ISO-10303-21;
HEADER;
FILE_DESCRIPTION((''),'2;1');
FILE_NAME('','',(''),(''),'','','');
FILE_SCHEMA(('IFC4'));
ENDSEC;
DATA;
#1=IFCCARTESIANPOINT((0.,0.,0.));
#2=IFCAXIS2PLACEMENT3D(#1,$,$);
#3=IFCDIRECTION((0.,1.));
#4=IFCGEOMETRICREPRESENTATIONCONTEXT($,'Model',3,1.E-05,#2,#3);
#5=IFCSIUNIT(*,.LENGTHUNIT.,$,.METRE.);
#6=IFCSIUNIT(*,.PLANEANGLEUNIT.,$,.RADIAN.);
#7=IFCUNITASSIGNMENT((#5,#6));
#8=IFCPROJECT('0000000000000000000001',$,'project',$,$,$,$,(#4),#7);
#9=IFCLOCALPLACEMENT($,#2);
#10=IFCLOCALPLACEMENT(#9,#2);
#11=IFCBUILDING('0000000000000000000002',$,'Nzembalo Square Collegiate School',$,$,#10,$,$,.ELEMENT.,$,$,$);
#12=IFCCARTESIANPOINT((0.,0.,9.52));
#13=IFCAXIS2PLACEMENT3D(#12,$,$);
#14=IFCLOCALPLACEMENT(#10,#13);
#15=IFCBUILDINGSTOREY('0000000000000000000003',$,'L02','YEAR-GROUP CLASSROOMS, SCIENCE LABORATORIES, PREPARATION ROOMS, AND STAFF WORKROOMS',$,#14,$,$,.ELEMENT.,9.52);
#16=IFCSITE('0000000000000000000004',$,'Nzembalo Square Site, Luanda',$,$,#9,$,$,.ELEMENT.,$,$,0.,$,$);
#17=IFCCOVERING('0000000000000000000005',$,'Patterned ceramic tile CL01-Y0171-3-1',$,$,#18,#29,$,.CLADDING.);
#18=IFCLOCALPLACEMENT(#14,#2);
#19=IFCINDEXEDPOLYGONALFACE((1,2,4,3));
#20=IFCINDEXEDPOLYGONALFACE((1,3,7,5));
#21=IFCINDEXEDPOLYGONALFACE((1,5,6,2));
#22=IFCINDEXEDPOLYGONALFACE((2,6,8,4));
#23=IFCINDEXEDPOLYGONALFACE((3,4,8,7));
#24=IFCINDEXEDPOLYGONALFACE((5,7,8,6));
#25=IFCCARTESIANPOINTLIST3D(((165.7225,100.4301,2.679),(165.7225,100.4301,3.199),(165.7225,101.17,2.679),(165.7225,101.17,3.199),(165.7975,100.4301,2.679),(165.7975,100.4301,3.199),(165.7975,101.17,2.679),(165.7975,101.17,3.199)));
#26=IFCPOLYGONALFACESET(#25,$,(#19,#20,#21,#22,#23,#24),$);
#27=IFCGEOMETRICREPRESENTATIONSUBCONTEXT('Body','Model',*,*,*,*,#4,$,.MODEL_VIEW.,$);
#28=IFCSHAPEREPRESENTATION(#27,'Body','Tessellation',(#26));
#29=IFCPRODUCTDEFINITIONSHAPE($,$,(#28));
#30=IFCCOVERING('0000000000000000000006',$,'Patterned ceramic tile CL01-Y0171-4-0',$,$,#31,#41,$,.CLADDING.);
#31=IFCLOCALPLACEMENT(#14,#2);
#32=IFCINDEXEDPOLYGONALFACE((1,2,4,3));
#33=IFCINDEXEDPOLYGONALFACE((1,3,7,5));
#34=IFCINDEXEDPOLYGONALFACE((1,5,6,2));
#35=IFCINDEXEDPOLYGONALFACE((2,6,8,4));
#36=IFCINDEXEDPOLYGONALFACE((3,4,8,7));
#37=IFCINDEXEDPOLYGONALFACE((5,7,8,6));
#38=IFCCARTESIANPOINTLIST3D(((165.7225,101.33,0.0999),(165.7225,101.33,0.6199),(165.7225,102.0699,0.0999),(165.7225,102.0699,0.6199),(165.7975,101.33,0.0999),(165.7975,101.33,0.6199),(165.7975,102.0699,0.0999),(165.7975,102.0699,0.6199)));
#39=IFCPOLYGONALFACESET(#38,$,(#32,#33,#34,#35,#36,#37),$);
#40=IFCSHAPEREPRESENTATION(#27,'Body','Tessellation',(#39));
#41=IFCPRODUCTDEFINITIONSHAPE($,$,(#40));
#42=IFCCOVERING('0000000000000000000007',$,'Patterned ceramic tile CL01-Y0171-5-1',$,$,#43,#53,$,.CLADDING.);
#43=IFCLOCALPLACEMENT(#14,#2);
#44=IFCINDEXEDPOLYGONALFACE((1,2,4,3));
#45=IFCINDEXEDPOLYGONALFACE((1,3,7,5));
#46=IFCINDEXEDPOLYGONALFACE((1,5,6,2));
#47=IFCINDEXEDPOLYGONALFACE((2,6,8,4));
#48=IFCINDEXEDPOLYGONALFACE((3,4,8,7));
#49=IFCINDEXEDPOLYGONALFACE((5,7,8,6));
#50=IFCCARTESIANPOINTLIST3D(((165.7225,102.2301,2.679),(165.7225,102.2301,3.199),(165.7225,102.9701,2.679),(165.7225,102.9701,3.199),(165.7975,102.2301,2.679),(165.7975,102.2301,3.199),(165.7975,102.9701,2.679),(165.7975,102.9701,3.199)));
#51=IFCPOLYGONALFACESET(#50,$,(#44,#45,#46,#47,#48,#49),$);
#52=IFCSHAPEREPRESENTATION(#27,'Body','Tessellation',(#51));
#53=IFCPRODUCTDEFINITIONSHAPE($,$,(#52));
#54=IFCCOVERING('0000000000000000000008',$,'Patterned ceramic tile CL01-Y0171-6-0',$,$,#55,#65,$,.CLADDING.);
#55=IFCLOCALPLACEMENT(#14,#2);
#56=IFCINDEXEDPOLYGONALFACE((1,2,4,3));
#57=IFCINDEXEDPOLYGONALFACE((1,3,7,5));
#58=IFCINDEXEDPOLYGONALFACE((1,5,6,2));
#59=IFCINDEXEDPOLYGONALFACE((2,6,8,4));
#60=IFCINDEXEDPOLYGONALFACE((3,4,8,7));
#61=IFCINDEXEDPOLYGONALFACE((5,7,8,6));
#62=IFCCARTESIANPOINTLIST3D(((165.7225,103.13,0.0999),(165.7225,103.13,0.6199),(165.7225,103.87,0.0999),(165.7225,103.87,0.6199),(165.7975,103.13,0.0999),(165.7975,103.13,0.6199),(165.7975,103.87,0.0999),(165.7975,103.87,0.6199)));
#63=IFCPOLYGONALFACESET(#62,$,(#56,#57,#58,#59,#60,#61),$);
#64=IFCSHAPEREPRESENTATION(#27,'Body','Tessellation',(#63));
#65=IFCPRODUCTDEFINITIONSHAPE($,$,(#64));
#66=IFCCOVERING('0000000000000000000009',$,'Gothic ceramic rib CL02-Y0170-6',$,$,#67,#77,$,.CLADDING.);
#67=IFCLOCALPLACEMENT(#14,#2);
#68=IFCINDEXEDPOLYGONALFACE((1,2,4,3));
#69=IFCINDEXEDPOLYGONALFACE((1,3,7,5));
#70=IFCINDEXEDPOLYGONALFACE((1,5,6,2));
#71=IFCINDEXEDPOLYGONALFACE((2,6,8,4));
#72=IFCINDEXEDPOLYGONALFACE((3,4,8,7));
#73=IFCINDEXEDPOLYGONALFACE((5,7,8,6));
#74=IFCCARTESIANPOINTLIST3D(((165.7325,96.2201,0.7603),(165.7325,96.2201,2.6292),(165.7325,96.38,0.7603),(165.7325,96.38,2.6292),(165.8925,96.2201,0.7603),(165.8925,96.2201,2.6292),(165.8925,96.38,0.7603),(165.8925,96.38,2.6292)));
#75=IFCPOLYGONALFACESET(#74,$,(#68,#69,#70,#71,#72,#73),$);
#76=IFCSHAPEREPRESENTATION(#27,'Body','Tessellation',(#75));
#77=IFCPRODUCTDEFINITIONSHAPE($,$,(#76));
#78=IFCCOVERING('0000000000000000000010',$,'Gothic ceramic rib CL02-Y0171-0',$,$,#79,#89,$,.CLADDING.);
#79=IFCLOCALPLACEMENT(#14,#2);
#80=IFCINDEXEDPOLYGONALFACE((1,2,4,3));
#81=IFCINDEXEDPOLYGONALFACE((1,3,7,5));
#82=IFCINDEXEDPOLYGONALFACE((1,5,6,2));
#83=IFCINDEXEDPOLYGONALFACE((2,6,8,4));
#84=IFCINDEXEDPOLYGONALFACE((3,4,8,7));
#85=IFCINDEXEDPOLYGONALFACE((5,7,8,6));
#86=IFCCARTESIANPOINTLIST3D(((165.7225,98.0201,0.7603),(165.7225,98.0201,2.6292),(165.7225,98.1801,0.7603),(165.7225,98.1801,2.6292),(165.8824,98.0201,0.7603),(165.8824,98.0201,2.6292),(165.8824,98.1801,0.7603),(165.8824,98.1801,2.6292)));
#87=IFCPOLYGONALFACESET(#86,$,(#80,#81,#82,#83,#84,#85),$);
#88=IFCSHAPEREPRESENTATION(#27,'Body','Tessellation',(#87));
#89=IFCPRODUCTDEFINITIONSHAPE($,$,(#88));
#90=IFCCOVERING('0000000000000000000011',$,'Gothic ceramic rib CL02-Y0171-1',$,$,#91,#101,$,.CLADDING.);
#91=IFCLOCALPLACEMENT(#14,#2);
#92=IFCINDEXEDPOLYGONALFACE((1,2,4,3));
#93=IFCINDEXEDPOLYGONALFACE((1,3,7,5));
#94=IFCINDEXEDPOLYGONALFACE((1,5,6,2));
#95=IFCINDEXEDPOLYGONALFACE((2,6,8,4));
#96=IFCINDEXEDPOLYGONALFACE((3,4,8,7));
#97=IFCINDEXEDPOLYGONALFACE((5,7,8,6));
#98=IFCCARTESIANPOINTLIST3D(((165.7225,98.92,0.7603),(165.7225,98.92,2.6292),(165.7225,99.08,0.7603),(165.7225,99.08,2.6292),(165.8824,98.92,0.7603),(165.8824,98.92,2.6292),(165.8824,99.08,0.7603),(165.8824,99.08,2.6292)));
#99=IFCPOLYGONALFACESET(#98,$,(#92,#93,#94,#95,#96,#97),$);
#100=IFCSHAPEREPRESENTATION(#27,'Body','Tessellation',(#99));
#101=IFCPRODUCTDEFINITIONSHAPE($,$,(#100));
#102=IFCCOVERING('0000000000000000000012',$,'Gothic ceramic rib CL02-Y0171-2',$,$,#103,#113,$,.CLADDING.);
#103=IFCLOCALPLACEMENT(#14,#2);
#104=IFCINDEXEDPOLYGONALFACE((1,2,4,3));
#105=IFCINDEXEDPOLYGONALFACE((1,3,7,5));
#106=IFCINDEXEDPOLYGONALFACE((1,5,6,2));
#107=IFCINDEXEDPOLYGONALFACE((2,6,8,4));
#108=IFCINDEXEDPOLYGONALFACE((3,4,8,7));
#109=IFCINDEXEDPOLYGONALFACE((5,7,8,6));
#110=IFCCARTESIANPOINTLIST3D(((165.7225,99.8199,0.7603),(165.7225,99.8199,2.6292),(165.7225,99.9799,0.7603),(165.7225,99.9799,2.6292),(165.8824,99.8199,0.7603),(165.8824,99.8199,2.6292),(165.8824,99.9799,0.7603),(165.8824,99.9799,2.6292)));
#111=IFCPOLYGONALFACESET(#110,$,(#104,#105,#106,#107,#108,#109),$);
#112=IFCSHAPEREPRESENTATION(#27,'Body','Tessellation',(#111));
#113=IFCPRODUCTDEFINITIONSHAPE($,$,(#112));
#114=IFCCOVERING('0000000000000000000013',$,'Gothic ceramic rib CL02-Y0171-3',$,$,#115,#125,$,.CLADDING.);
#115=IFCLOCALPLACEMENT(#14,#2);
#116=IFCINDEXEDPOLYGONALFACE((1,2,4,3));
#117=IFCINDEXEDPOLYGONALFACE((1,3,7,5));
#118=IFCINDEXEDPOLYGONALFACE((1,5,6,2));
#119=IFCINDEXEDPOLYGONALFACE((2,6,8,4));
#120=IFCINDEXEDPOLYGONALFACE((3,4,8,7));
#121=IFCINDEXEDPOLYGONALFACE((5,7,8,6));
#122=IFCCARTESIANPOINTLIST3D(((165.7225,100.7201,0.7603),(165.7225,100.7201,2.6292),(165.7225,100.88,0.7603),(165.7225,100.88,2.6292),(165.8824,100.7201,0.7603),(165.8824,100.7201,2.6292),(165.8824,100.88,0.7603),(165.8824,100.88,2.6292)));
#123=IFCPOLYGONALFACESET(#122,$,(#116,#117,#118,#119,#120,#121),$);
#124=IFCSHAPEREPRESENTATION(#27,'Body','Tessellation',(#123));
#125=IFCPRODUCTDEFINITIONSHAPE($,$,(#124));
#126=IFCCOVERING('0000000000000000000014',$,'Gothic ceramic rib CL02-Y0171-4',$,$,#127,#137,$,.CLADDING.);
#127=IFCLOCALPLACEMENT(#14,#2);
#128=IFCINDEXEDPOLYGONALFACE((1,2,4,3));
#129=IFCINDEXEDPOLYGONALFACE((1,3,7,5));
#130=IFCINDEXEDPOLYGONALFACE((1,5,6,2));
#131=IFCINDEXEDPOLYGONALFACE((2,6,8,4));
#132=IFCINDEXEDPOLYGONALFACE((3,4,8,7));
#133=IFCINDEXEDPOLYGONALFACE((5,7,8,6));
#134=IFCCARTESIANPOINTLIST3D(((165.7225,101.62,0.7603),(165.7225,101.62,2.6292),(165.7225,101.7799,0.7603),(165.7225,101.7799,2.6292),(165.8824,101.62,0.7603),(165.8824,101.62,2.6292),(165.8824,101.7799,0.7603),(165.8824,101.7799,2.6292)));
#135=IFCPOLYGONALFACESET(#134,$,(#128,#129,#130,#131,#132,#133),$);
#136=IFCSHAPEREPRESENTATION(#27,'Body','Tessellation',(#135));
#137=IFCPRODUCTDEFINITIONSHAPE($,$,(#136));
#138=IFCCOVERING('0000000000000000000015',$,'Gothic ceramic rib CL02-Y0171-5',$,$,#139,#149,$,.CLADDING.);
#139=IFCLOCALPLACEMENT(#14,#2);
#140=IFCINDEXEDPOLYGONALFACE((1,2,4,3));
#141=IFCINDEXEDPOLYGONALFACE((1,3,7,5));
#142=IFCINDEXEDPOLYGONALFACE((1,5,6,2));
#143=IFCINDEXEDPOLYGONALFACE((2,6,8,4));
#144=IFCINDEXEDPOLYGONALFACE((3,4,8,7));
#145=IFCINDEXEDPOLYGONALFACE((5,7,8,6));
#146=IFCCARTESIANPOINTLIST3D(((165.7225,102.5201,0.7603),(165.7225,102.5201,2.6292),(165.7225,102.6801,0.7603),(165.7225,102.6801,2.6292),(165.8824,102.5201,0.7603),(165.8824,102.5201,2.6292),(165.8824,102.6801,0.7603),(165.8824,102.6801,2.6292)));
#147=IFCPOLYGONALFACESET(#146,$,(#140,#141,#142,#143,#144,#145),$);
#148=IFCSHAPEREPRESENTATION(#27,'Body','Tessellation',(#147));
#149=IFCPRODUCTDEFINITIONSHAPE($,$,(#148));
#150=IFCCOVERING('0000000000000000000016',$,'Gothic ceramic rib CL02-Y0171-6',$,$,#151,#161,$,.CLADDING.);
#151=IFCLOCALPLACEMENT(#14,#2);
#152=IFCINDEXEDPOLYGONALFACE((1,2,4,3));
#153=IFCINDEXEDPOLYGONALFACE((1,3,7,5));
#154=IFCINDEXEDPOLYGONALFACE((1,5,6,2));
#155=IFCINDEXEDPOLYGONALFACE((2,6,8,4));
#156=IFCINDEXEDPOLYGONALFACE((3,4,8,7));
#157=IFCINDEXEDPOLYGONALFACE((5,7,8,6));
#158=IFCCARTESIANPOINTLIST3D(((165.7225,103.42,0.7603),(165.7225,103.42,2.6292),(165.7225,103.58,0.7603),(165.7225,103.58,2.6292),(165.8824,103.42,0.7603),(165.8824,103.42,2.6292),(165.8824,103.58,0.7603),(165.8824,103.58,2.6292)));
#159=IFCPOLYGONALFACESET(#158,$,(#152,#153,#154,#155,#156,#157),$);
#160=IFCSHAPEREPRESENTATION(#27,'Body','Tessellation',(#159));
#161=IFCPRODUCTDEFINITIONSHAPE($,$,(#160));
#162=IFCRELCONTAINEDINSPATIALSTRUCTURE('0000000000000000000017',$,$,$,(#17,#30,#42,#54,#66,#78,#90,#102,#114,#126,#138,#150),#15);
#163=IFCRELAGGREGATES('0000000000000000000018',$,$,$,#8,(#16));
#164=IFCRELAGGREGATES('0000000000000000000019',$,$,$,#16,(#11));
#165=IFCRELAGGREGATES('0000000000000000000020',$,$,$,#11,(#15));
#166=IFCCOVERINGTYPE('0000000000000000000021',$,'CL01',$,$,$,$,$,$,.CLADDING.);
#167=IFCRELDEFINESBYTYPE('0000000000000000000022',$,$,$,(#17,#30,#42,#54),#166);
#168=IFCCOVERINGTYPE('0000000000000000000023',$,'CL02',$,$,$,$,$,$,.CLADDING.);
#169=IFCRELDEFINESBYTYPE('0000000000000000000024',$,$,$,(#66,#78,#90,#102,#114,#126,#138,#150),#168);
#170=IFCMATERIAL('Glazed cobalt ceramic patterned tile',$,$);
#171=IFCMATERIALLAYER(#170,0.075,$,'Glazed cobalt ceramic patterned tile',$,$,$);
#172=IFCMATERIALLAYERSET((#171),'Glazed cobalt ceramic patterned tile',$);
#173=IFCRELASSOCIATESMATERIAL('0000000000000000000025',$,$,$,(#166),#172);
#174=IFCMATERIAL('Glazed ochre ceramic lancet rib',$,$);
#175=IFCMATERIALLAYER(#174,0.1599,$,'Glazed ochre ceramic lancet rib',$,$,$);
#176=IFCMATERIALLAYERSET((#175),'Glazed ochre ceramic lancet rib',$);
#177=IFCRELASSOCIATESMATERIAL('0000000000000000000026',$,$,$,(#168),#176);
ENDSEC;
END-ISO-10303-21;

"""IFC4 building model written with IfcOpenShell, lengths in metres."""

from ifc_helpers import new_model, si_unit, direction, frame, origin, origin_2d, place, context, subcontext, project, spatial, rectangle, extrude, material, layer, layer_set, type_object, element, save


model = new_model("IFC4")

# Units and contexts
model_context = context("Model", 3, precision=1e-05, world=origin(), true_north=direction((0.0, 1.0)))
body_context = subcontext(model_context, "Body", "Model", "MODEL_VIEW")
ifc_project = project(units=[si_unit("LENGTHUNIT", "METRE"), si_unit("PLANEANGLEUNIT", "RADIAN")], contexts=[model_context])

# Site, building, storey
site_placement = place(None, origin())
site = spatial("IfcSite", under=ifc_project, at=site_placement, Name="Nzembalo Square Site, Luanda", CompositionType="ELEMENT", RefElevation=0.0)
building_placement = place(site_placement, origin())
building = spatial("IfcBuilding", under=site, at=building_placement, Name="Nzembalo Square Collegiate School", CompositionType="ELEMENT")
storey_placement = place(building_placement, frame((0.0, 0.0, 9.52)))
storey = spatial("IfcBuildingStorey", under=building, at=storey_placement, Name="L02", Description="YEAR-GROUP CLASSROOMS, SCIENCE LABORATORIES, PREPARATION ROOMS, AND STAFF WORKROOMS", CompositionType="ELEMENT", Elevation=9.52)

# Coverings
ifc_material_1 = material(Name="Glazed cobalt ceramic patterned tile")
ifc_layer_1 = layer(ifc_material_1, 0.075, Name="Glazed cobalt ceramic patterned tile")
ifc_layer_set_1 = layer_set([ifc_layer_1], Name="Glazed cobalt ceramic patterned tile")
covering_type_1 = type_object("IfcCoveringType", Name="CL01", PredefinedType="CLADDING", material=ifc_layer_set_1)
for number, where, z_axis, x_axis, name in (
    (1, (165.76, 100.8, 2.679), (0.0, 0.0, 1.0), (1.0, 0.0, 0.0), "Patterned ceramic tile CL01-Y0171-3-1"),
    (2, (165.76, 101.7, 0.0999), (0.0, 0.0, 1.0), (1.0, 0.0, 0.0), "Patterned ceramic tile CL01-Y0171-4-0"),
    (3, (165.76, 102.6001, 2.679), (0.0, 0.0, 1.0), (1.0, 0.0, 0.0), "Patterned ceramic tile CL01-Y0171-5-1"),
    (4, (165.76, 103.5, 0.0999), (0.0, 0.0, 1.0), (1.0, 0.0, 0.0), "Patterned ceramic tile CL01-Y0171-6-0"),
):
    element("IfcCovering", number, at=place(storey_placement, frame(where, z_axis=z_axis, x_axis=x_axis)), inside=storey, type_object=covering_type_1, Name=name, PredefinedType="CLADDING", context=body_context, shape_type="SweptSolid", body=[
        extrude(rectangle(XDim=0.075, YDim=0.74, at=origin_2d()), origin(), (0.0, 0.0, 1.0), 0.52),
    ])
ifc_material_2 = material(Name="Glazed ochre ceramic lancet rib")
ifc_layer_2 = layer(ifc_material_2, 0.1599, Name="Glazed ochre ceramic lancet rib")
ifc_layer_set_2 = layer_set([ifc_layer_2], Name="Glazed ochre ceramic lancet rib")
covering_type_2 = type_object("IfcCoveringType", Name="CL02", PredefinedType="CLADDING", material=ifc_layer_set_2)
for number, where, z_axis, x_axis, name in (
    (5, (165.8125, 96.3, 0.7603), (0.0, 0.0, 1.0), (1.0, 0.0, 0.0), "Gothic ceramic rib CL02-Y0170-6"),
    (6, (165.8025, 98.1001, 0.7603), (0.0, 0.0, 1.0), (1.0, 0.0, 0.0), "Gothic ceramic rib CL02-Y0171-0"),
    (7, (165.8025, 99.0, 0.7603), (0.0, 0.0, 1.0), (1.0, 0.0, 0.0), "Gothic ceramic rib CL02-Y0171-1"),
    (8, (165.8025, 99.8999, 0.7603), (0.0, 0.0, 1.0), (1.0, 0.0, 0.0), "Gothic ceramic rib CL02-Y0171-2"),
    (9, (165.8025, 100.8, 0.7603), (0.0, 0.0, 1.0), (1.0, 0.0, 0.0), "Gothic ceramic rib CL02-Y0171-3"),
    (10, (165.8025, 101.7, 0.7603), (0.0, 0.0, 1.0), (1.0, 0.0, 0.0), "Gothic ceramic rib CL02-Y0171-4"),
    (11, (165.8025, 102.6001, 0.7603), (0.0, 0.0, 1.0), (1.0, 0.0, 0.0), "Gothic ceramic rib CL02-Y0171-5"),
    (12, (165.8025, 103.5, 0.7603), (0.0, 0.0, 1.0), (1.0, 0.0, 0.0), "Gothic ceramic rib CL02-Y0171-6"),
):
    element("IfcCovering", number, at=place(storey_placement, frame(where, z_axis=z_axis, x_axis=x_axis)), inside=storey, type_object=covering_type_2, Name=name, PredefinedType="CLADDING", context=body_context, shape_type="SweptSolid", body=[
        extrude(rectangle(XDim=0.1599, YDim=0.1599, at=origin_2d()), origin(), (0.0, 0.0, 1.0), 1.8689),
    ])

save(model, "model.ifc")
